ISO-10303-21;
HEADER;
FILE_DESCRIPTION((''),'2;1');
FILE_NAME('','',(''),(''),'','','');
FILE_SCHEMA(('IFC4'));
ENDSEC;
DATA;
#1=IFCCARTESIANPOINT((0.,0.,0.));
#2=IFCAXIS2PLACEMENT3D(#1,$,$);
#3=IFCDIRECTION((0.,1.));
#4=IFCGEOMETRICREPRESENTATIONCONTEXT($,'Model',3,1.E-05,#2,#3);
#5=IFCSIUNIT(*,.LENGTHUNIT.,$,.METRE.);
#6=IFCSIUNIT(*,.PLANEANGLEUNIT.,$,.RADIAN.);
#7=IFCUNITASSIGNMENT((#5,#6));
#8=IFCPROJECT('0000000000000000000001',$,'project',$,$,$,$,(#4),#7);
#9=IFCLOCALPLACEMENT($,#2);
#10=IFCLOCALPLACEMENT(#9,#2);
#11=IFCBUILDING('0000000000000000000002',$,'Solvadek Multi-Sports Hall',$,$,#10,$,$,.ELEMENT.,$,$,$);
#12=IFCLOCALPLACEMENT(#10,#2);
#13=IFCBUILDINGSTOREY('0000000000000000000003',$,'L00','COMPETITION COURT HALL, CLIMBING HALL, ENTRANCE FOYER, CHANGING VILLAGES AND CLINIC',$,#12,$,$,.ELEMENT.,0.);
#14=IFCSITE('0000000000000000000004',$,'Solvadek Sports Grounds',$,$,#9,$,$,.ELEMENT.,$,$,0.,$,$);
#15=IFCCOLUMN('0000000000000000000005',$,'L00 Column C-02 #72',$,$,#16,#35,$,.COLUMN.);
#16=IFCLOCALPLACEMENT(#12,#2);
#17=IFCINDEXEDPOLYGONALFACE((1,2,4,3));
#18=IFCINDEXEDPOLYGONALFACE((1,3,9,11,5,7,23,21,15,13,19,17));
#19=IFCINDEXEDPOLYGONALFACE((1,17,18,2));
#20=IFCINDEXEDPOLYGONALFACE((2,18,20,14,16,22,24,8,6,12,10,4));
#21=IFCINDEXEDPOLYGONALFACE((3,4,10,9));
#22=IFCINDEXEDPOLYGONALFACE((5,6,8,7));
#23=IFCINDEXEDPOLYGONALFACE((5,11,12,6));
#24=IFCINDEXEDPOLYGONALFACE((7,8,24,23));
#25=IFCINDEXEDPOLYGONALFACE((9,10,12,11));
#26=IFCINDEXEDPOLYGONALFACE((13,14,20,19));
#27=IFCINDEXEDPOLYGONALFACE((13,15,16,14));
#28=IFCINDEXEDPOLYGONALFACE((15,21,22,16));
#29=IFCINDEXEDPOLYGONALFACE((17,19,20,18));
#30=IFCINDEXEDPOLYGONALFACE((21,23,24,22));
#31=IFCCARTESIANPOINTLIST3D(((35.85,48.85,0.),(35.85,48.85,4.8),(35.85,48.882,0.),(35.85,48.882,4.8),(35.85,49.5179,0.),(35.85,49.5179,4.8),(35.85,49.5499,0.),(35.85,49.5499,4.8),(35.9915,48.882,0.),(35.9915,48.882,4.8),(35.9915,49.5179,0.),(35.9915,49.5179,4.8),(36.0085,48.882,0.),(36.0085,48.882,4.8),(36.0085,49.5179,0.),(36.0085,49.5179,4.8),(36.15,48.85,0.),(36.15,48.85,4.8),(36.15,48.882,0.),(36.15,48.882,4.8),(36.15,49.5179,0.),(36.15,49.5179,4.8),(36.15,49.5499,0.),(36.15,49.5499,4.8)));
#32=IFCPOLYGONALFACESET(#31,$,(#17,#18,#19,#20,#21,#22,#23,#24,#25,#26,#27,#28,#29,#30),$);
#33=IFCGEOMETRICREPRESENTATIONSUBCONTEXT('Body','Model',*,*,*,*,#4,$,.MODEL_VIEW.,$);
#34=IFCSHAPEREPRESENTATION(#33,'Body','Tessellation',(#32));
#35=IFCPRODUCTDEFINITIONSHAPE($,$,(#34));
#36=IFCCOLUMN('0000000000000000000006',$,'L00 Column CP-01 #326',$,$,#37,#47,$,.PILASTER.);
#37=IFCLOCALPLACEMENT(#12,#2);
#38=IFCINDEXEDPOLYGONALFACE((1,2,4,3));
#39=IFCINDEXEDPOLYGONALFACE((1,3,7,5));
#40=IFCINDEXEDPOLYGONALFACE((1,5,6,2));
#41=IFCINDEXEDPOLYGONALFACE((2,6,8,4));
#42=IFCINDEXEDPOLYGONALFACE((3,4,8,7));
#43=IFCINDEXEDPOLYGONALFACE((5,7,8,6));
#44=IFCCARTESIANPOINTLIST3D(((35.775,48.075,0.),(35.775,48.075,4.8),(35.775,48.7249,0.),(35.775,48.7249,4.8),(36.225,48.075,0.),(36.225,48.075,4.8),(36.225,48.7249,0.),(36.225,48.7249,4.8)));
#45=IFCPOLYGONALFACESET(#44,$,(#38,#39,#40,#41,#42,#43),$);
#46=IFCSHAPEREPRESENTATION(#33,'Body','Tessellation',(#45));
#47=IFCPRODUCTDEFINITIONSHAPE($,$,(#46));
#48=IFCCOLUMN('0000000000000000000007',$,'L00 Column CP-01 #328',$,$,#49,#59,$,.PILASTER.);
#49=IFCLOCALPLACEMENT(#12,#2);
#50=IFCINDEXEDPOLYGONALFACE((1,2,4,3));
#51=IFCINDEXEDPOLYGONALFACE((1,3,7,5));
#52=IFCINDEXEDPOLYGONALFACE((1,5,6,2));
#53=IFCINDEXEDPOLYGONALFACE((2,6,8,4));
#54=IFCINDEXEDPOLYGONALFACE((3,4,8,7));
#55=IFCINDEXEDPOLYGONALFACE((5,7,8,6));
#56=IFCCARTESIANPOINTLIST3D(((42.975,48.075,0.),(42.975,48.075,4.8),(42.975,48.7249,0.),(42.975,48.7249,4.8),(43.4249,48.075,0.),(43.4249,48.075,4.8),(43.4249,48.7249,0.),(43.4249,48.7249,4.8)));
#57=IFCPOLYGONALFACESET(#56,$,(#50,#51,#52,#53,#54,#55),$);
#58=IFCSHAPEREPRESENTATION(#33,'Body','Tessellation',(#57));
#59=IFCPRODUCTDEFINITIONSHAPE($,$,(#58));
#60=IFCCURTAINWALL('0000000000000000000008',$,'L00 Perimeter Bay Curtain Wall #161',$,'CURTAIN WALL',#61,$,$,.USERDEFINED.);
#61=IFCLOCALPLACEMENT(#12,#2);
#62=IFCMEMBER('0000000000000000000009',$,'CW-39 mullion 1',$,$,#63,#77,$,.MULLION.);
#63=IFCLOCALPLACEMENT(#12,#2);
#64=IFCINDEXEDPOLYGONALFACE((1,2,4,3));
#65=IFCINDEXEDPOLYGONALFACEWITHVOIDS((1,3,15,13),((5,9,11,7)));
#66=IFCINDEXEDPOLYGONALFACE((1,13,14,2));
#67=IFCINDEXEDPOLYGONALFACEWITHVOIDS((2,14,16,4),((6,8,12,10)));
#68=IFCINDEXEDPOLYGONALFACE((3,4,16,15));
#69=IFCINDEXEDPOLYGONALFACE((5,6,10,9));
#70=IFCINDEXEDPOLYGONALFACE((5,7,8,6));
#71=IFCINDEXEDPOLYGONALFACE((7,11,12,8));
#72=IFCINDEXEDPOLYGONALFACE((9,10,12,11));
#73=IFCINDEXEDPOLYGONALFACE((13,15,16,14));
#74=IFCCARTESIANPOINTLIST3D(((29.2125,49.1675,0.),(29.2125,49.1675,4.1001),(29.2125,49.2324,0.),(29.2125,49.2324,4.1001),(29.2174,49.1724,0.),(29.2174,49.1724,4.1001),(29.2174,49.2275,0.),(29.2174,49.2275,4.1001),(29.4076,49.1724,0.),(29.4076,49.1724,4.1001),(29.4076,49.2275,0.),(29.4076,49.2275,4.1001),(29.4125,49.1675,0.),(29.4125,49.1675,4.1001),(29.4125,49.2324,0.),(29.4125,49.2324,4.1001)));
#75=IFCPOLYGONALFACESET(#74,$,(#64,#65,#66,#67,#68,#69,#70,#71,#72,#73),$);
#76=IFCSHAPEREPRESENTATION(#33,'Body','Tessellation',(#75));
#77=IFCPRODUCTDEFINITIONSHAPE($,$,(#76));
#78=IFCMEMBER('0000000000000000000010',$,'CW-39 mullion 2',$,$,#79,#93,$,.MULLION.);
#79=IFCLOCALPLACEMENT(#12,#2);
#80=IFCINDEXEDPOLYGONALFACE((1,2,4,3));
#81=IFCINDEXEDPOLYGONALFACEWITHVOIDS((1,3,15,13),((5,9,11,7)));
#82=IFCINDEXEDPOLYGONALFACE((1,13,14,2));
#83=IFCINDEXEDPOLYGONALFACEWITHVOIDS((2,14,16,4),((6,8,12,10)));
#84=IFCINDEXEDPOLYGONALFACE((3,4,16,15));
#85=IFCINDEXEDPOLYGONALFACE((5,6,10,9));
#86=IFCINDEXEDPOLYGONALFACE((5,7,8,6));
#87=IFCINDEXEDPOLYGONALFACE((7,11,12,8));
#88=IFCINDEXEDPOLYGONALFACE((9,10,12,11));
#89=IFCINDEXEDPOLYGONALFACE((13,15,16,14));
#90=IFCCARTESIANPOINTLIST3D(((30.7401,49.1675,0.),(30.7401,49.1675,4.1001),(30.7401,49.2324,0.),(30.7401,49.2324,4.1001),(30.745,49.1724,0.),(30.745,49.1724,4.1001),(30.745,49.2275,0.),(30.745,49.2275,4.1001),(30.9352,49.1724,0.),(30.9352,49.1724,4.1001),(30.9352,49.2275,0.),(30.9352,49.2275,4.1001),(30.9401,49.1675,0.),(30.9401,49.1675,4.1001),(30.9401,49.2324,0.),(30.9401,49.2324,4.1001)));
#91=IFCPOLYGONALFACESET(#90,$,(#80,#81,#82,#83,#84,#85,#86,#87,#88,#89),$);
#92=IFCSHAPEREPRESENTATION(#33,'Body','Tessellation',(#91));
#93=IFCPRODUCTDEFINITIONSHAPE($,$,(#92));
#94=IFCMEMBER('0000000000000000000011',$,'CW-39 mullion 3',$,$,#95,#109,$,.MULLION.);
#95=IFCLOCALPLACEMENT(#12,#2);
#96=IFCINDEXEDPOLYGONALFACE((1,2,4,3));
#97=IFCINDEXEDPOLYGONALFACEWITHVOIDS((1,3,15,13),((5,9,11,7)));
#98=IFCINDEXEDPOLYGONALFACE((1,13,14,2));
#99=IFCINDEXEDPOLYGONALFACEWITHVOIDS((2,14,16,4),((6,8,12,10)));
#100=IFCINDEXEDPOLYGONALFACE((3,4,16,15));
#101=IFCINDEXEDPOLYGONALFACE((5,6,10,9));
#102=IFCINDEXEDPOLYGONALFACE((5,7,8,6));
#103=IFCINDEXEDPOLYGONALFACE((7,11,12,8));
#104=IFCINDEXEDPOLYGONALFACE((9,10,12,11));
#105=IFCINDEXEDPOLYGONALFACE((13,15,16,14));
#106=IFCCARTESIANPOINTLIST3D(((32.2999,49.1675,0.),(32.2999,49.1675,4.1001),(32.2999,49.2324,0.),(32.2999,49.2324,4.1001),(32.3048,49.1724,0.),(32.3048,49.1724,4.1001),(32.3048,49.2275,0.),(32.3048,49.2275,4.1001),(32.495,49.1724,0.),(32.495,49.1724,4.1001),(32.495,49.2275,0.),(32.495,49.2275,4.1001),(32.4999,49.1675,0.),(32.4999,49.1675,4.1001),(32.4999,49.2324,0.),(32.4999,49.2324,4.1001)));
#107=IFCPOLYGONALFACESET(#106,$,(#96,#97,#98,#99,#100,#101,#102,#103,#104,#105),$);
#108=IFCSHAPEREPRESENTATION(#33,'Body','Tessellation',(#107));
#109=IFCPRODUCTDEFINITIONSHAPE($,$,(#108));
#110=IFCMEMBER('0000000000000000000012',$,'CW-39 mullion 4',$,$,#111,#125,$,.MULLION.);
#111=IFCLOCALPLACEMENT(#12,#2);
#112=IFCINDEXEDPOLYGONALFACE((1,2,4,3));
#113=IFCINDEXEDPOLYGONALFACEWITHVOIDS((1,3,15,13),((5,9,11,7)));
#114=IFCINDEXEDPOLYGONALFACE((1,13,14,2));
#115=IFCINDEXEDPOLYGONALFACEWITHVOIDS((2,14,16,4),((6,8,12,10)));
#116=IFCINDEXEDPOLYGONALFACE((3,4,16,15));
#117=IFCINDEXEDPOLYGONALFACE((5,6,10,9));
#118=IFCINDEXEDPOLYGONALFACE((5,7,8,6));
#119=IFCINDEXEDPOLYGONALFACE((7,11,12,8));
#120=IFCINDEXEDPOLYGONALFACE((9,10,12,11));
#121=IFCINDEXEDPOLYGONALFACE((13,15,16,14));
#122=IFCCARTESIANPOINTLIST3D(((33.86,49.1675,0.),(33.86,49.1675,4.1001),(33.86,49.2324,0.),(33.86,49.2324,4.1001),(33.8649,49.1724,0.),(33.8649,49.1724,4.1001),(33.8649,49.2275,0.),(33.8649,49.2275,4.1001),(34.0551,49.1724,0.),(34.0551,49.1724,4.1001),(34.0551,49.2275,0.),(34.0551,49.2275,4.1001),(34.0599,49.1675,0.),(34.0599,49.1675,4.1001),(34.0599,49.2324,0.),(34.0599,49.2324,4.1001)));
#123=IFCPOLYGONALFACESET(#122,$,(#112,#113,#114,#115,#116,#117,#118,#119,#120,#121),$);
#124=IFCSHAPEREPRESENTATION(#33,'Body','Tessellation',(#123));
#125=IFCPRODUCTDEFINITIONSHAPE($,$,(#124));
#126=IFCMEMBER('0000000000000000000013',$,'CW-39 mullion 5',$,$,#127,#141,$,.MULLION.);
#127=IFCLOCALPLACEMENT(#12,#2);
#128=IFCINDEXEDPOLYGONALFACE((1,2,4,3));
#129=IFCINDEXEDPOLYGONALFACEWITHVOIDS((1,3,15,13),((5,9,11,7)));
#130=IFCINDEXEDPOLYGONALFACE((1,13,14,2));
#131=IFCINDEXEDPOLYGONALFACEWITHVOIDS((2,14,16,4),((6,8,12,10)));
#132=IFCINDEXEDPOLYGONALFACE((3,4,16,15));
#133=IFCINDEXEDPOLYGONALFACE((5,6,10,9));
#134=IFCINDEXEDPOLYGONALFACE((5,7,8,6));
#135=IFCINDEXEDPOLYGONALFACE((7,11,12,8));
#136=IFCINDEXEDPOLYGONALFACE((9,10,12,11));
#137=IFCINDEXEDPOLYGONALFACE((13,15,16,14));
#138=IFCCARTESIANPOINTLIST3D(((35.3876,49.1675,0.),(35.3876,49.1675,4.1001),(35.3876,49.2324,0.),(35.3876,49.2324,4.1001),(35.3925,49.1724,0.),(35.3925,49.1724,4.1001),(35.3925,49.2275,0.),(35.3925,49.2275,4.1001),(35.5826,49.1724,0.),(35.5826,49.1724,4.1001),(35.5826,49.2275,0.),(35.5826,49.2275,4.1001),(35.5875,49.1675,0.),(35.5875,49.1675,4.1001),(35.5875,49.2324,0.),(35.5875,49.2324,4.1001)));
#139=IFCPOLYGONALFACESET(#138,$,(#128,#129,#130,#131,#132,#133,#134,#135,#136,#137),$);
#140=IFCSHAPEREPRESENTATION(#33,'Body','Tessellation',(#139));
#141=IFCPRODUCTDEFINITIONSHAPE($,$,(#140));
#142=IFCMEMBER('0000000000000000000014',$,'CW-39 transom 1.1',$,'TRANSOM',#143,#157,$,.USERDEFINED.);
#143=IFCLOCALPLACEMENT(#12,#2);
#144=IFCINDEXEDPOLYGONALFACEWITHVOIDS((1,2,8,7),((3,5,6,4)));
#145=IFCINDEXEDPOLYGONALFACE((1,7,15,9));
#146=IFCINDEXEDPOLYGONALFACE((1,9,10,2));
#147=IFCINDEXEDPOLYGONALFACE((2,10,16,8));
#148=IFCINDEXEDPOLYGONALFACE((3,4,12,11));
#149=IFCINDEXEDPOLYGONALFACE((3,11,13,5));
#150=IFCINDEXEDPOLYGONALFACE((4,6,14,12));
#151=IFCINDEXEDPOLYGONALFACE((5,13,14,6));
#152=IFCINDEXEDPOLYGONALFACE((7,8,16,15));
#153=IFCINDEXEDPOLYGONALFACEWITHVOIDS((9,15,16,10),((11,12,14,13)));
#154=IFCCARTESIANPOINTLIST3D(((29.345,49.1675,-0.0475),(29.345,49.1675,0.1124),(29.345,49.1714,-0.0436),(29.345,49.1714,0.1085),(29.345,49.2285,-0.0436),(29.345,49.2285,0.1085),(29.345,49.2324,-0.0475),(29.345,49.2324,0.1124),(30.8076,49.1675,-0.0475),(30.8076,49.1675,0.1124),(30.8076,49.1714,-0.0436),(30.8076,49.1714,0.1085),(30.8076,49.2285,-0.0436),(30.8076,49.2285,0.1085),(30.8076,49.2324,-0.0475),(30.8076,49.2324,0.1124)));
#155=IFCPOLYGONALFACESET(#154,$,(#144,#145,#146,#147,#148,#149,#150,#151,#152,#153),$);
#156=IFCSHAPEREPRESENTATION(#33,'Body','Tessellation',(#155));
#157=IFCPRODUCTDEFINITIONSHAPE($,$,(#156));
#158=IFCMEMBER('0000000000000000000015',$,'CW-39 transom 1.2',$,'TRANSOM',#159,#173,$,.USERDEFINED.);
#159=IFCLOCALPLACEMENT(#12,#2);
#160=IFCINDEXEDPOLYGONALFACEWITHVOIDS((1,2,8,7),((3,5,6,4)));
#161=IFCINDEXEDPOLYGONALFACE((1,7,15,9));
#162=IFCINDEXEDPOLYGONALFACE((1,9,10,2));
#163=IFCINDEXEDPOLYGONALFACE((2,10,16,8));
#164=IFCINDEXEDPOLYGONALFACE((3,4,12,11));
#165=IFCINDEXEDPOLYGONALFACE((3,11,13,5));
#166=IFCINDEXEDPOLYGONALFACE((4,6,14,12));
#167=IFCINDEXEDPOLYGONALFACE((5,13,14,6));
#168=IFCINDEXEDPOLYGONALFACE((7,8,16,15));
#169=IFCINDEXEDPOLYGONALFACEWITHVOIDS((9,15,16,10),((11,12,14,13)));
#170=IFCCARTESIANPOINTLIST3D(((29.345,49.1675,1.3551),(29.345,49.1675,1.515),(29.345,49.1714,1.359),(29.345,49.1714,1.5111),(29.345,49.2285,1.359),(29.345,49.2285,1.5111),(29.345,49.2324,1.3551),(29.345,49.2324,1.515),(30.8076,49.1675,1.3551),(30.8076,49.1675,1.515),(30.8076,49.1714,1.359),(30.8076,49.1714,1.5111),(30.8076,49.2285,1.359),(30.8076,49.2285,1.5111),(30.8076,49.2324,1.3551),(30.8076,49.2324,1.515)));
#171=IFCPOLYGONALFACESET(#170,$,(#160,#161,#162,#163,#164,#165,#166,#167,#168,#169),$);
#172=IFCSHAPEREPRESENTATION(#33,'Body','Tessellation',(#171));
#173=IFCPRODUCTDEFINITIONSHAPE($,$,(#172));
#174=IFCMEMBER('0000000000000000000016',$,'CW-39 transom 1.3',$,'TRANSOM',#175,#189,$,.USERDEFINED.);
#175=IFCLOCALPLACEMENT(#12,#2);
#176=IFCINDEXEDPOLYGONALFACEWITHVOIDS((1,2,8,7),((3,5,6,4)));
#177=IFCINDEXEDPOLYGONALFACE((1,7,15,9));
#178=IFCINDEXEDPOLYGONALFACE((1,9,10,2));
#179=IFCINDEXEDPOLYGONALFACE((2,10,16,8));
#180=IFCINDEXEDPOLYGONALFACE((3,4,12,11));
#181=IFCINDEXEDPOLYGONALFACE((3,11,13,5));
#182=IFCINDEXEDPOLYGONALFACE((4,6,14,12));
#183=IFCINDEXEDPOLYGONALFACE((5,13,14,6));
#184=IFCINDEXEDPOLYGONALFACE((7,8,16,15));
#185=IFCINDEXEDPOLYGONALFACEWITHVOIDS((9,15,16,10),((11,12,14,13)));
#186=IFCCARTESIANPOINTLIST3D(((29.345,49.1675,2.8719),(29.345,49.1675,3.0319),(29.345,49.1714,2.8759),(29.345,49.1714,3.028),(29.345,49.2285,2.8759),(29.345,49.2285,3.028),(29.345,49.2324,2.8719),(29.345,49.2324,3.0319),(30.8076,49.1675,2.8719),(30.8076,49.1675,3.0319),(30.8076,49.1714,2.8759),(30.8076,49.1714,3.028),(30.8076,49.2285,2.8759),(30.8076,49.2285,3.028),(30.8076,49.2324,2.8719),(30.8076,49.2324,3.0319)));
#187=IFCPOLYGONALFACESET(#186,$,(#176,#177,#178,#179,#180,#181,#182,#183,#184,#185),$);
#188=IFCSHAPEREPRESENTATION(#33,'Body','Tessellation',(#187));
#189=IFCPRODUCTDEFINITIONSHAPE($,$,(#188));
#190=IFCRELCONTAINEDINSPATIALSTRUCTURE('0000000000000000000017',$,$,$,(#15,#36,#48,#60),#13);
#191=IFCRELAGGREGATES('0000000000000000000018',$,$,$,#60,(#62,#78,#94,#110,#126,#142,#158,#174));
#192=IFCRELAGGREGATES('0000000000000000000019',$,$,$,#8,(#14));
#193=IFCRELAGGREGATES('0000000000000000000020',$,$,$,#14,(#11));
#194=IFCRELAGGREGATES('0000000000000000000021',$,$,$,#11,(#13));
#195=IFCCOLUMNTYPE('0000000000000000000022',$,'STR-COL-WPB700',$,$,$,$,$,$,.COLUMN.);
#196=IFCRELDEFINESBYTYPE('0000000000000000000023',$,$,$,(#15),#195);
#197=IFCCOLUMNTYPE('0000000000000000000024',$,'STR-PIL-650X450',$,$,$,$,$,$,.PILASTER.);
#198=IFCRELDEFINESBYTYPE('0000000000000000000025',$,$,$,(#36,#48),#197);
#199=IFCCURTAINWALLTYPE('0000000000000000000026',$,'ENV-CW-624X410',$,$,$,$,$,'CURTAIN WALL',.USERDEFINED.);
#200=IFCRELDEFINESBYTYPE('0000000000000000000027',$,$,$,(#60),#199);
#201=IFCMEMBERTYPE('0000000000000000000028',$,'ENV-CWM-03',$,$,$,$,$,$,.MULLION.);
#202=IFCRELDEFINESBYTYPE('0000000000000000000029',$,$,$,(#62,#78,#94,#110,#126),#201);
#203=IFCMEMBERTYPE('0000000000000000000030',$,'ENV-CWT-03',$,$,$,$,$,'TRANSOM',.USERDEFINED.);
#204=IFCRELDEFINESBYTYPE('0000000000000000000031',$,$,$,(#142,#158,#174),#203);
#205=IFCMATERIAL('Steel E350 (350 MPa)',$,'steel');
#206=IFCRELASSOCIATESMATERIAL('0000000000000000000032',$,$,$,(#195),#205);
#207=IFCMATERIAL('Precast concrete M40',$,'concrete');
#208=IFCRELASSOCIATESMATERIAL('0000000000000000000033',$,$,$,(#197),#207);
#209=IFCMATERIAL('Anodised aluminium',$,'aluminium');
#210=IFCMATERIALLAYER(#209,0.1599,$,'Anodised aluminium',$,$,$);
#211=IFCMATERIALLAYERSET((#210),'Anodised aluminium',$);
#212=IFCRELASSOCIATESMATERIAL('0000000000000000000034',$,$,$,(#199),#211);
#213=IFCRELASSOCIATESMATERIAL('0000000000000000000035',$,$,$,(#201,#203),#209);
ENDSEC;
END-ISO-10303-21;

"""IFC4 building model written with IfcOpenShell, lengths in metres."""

from ifc_helpers import new_model, si_unit, direction, frame, origin, origin_2d, place, context, subcontext, project, spatial, rectangle, hollow_rectangle, i_section, extrude, material, layer, layer_set, material_profile, profile_set, type_object, element, aggregate, save


model = new_model("IFC4")

# Units and contexts
model_context = context("Model", 3, precision=1e-05, world=origin(), true_north=direction((0.0, 1.0)))
body_context = subcontext(model_context, "Body", "Model", "MODEL_VIEW")
ifc_project = project(units=[si_unit("LENGTHUNIT", "METRE"), si_unit("PLANEANGLEUNIT", "RADIAN")], contexts=[model_context])

# Site, building, storey
site_placement = place(None, origin())
site = spatial("IfcSite", under=ifc_project, at=site_placement, Name="Solvadek Sports Grounds", CompositionType="ELEMENT", RefElevation=0.0)
building_placement = place(site_placement, origin())
building = spatial("IfcBuilding", under=site, at=building_placement, Name="Solvadek Multi-Sports Hall", CompositionType="ELEMENT")
storey_placement = place(building_placement, origin())
storey = spatial("IfcBuildingStorey", under=building, at=storey_placement, Name="L00", Description="COMPETITION COURT HALL, CLIMBING HALL, ENTRANCE FOYER, CHANGING VILLAGES AND CLINIC", CompositionType="ELEMENT", Elevation=0.0)

# Columns
ifc_material_1 = material(Name="Steel E350 (350 MPa)", Category="steel")
ifc_material_profile_1 = material_profile(ifc_material_1, i_section(OverallWidth=0.3, OverallDepth=0.7, WebThickness=0.0171, FlangeThickness=0.032, at=origin_2d()), Name="WPB 700")
ifc_profile_set_1 = profile_set([ifc_material_profile_1], Name="Steel E350 (350 MPa)")
column_type_1 = type_object("IfcColumnType", Name="STR-COL-WPB700", PredefinedType="COLUMN", material=ifc_profile_set_1)
column_placement = place(storey_placement, frame((36.0, 49.2, 0.0), z_axis=(0.0, 0.0, 1.0), x_axis=(1.0, 0.0, 0.0)))
element("IfcColumn", 1, at=column_placement, inside=storey, type_object=column_type_1, Name="L00 Column C-02 #72", PredefinedType="COLUMN", context=body_context, shape_type="SweptSolid", body=[
    extrude(i_section(OverallWidth=0.3, OverallDepth=0.7, WebThickness=0.0171, FlangeThickness=0.032, at=origin_2d()), origin(), (0.0, 0.0, 1.0), 4.8),
])
ifc_material_2 = material(Name="Precast concrete M40", Category="concrete")
ifc_material_profile_2 = material_profile(ifc_material_2, rectangle(XDim=0.45, YDim=0.6499, at=origin_2d()), Name="RC PILASTER 650x450")
ifc_profile_set_2 = profile_set([ifc_material_profile_2], Name="Precast concrete M40")
column_type_2 = type_object("IfcColumnType", Name="STR-PIL-650X450", PredefinedType="PILASTER", material=ifc_profile_set_2)
for number, where, z_axis, x_axis, name in (
    (2, (36.0, 48.3999, 0.0), (0.0, 0.0, 1.0), (1.0, 0.0, 0.0), "L00 Column CP-01 #326"),
    (3, (43.2, 48.3999, 0.0), (0.0, 0.0, 1.0), (1.0, 0.0, 0.0), "L00 Column CP-01 #328"),
):
    element("IfcColumn", number, at=place(storey_placement, frame(where, z_axis=z_axis, x_axis=x_axis)), inside=storey, type_object=column_type_2, Name=name, PredefinedType="PILASTER", context=body_context, shape_type="SweptSolid", body=[
        extrude(rectangle(XDim=0.45, YDim=0.6499, at=origin_2d()), origin(), (0.0, 0.0, 1.0), 4.8),
    ])

# Curtain wall, members
ifc_material_3 = material(Name="Anodised aluminium", Category="aluminium")
ifc_layer_1 = layer(ifc_material_3, 0.1599, Name="Anodised aluminium")
ifc_layer_set_1 = layer_set([ifc_layer_1], Name="Anodised aluminium")
curtain_wall_type = type_object("IfcCurtainWallType", Name="ENV-CW-624X410", ElementType="CURTAIN WALL", PredefinedType="USERDEFINED", material=ifc_layer_set_1)
curtain_wall_placement = place(storey_placement, origin())
curtain_wall = element("IfcCurtainWall", 4, at=curtain_wall_placement, inside=storey, type_object=curtain_wall_type, Name="L00 Perimeter Bay Curtain Wall #161", ObjectType="CURTAIN WALL", PredefinedType="USERDEFINED")
ifc_material_profile_3 = material_profile(ifc_material_3, hollow_rectangle(XDim=0.0649, YDim=0.2, WallThickness=0.0049, at=origin_2d()), Name="ALU-M 200x65x5")
ifc_profile_set_3 = profile_set([ifc_material_profile_3], Name="Anodised aluminium")
member_type_1 = type_object("IfcMemberType", Name="ENV-CWM-03", PredefinedType="MULLION", material=ifc_profile_set_3)
member_1_placement = place(storey_placement, frame((29.3125, 49.2, 0.0), z_axis=(0.0, 0.0, 1.0), x_axis=(0.0, 1.0, 0.0)))
member_1 = element("IfcMember", 5, at=member_1_placement, type_object=member_type_1, Name="CW-39 mullion 1", PredefinedType="MULLION", context=body_context, shape_type="SweptSolid", body=[
    extrude(hollow_rectangle(XDim=0.0649, YDim=0.2, WallThickness=0.0049, at=origin_2d()), origin(), (0.0, 0.0, 1.0), 4.1001),
])
member_2_placement = place(storey_placement, frame((30.8401, 49.2, 0.0), z_axis=(0.0, 0.0, 1.0), x_axis=(0.0, 1.0, 0.0)))
member_2 = element("IfcMember", 6, at=member_2_placement, type_object=member_type_1, Name="CW-39 mullion 2", PredefinedType="MULLION", context=body_context, shape_type="SweptSolid", body=[
    extrude(hollow_rectangle(XDim=0.0649, YDim=0.2, WallThickness=0.0049, at=origin_2d()), origin(), (0.0, 0.0, 1.0), 4.1001),
])
member_3_placement = place(storey_placement, frame((32.3999, 49.2, 0.0), z_axis=(0.0, 0.0, 1.0), x_axis=(0.0, 1.0, 0.0)))
member_3 = element("IfcMember", 7, at=member_3_placement, type_object=member_type_1, Name="CW-39 mullion 3", PredefinedType="MULLION", context=body_context, shape_type="SweptSolid", body=[
    extrude(hollow_rectangle(XDim=0.0649, YDim=0.2, WallThickness=0.0049, at=origin_2d()), origin(), (0.0, 0.0, 1.0), 4.1001),
])
member_4_placement = place(storey_placement, frame((33.96, 49.2, 0.0), z_axis=(0.0, 0.0, 1.0), x_axis=(0.0, 1.0, 0.0)))
member_4 = element("IfcMember", 8, at=member_4_placement, type_object=member_type_1, Name="CW-39 mullion 4", PredefinedType="MULLION", context=body_context, shape_type="SweptSolid", body=[
    extrude(hollow_rectangle(XDim=0.0649, YDim=0.2, WallThickness=0.0049, at=origin_2d()), origin(), (0.0, 0.0, 1.0), 4.1001),
])
member_5_placement = place(storey_placement, frame((35.4875, 49.2, 0.0), z_axis=(0.0, 0.0, 1.0), x_axis=(0.0, 1.0, 0.0)))
member_5 = element("IfcMember", 9, at=member_5_placement, type_object=member_type_1, Name="CW-39 mullion 5", PredefinedType="MULLION", context=body_context, shape_type="SweptSolid", body=[
    extrude(hollow_rectangle(XDim=0.0649, YDim=0.2, WallThickness=0.0049, at=origin_2d()), origin(), (0.0, 0.0, 1.0), 4.1001),
])
ifc_material_profile_4 = material_profile(ifc_material_3, hollow_rectangle(XDim=0.0649, YDim=0.1599, WallThickness=0.0039, at=origin_2d()), Name="ALU-T 160x65x4")
ifc_profile_set_4 = profile_set([ifc_material_profile_4], Name="Anodised aluminium")
member_type_2 = type_object("IfcMemberType", Name="ENV-CWT-03", ElementType="TRANSOM", PredefinedType="USERDEFINED", material=ifc_profile_set_4)
member_6_placement = place(storey_placement, frame((29.345, 49.2, 0.0325), z_axis=(1.0, 0.0, 0.0), x_axis=(0.0, 1.0, 0.0)))
member_6 = element("IfcMember", 10, at=member_6_placement, type_object=member_type_2, Name="CW-39 transom 1.1", ObjectType="TRANSOM", PredefinedType="USERDEFINED", context=body_context, shape_type="SweptSolid", body=[
    extrude(hollow_rectangle(XDim=0.0649, YDim=0.1599, WallThickness=0.0039, at=origin_2d()), origin(), (0.0, 0.0, 1.0), 1.4626),
])
member_7_placement = place(storey_placement, frame((29.345, 49.2, 1.4351), z_axis=(1.0, 0.0, 0.0), x_axis=(0.0, 1.0, 0.0)))
member_7 = element("IfcMember", 11, at=member_7_placement, type_object=member_type_2, Name="CW-39 transom 1.2", ObjectType="TRANSOM", PredefinedType="USERDEFINED", context=body_context, shape_type="SweptSolid", body=[
    extrude(hollow_rectangle(XDim=0.0649, YDim=0.1599, WallThickness=0.0039, at=origin_2d()), origin(), (0.0, 0.0, 1.0), 1.4626),
])
member_8_placement = place(storey_placement, frame((29.345, 49.2, 2.9519), z_axis=(1.0, 0.0, 0.0), x_axis=(0.0, 1.0, 0.0)))
member_8 = element("IfcMember", 12, at=member_8_placement, type_object=member_type_2, Name="CW-39 transom 1.3", ObjectType="TRANSOM", PredefinedType="USERDEFINED", context=body_context, shape_type="SweptSolid", body=[
    extrude(hollow_rectangle(XDim=0.0649, YDim=0.1599, WallThickness=0.0039, at=origin_2d()), origin(), (0.0, 0.0, 1.0), 1.4626),
])

aggregate(curtain_wall, [member_1, member_2, member_3, member_4, member_5, member_6, member_7, member_8])

save(model, "model.ifc")
